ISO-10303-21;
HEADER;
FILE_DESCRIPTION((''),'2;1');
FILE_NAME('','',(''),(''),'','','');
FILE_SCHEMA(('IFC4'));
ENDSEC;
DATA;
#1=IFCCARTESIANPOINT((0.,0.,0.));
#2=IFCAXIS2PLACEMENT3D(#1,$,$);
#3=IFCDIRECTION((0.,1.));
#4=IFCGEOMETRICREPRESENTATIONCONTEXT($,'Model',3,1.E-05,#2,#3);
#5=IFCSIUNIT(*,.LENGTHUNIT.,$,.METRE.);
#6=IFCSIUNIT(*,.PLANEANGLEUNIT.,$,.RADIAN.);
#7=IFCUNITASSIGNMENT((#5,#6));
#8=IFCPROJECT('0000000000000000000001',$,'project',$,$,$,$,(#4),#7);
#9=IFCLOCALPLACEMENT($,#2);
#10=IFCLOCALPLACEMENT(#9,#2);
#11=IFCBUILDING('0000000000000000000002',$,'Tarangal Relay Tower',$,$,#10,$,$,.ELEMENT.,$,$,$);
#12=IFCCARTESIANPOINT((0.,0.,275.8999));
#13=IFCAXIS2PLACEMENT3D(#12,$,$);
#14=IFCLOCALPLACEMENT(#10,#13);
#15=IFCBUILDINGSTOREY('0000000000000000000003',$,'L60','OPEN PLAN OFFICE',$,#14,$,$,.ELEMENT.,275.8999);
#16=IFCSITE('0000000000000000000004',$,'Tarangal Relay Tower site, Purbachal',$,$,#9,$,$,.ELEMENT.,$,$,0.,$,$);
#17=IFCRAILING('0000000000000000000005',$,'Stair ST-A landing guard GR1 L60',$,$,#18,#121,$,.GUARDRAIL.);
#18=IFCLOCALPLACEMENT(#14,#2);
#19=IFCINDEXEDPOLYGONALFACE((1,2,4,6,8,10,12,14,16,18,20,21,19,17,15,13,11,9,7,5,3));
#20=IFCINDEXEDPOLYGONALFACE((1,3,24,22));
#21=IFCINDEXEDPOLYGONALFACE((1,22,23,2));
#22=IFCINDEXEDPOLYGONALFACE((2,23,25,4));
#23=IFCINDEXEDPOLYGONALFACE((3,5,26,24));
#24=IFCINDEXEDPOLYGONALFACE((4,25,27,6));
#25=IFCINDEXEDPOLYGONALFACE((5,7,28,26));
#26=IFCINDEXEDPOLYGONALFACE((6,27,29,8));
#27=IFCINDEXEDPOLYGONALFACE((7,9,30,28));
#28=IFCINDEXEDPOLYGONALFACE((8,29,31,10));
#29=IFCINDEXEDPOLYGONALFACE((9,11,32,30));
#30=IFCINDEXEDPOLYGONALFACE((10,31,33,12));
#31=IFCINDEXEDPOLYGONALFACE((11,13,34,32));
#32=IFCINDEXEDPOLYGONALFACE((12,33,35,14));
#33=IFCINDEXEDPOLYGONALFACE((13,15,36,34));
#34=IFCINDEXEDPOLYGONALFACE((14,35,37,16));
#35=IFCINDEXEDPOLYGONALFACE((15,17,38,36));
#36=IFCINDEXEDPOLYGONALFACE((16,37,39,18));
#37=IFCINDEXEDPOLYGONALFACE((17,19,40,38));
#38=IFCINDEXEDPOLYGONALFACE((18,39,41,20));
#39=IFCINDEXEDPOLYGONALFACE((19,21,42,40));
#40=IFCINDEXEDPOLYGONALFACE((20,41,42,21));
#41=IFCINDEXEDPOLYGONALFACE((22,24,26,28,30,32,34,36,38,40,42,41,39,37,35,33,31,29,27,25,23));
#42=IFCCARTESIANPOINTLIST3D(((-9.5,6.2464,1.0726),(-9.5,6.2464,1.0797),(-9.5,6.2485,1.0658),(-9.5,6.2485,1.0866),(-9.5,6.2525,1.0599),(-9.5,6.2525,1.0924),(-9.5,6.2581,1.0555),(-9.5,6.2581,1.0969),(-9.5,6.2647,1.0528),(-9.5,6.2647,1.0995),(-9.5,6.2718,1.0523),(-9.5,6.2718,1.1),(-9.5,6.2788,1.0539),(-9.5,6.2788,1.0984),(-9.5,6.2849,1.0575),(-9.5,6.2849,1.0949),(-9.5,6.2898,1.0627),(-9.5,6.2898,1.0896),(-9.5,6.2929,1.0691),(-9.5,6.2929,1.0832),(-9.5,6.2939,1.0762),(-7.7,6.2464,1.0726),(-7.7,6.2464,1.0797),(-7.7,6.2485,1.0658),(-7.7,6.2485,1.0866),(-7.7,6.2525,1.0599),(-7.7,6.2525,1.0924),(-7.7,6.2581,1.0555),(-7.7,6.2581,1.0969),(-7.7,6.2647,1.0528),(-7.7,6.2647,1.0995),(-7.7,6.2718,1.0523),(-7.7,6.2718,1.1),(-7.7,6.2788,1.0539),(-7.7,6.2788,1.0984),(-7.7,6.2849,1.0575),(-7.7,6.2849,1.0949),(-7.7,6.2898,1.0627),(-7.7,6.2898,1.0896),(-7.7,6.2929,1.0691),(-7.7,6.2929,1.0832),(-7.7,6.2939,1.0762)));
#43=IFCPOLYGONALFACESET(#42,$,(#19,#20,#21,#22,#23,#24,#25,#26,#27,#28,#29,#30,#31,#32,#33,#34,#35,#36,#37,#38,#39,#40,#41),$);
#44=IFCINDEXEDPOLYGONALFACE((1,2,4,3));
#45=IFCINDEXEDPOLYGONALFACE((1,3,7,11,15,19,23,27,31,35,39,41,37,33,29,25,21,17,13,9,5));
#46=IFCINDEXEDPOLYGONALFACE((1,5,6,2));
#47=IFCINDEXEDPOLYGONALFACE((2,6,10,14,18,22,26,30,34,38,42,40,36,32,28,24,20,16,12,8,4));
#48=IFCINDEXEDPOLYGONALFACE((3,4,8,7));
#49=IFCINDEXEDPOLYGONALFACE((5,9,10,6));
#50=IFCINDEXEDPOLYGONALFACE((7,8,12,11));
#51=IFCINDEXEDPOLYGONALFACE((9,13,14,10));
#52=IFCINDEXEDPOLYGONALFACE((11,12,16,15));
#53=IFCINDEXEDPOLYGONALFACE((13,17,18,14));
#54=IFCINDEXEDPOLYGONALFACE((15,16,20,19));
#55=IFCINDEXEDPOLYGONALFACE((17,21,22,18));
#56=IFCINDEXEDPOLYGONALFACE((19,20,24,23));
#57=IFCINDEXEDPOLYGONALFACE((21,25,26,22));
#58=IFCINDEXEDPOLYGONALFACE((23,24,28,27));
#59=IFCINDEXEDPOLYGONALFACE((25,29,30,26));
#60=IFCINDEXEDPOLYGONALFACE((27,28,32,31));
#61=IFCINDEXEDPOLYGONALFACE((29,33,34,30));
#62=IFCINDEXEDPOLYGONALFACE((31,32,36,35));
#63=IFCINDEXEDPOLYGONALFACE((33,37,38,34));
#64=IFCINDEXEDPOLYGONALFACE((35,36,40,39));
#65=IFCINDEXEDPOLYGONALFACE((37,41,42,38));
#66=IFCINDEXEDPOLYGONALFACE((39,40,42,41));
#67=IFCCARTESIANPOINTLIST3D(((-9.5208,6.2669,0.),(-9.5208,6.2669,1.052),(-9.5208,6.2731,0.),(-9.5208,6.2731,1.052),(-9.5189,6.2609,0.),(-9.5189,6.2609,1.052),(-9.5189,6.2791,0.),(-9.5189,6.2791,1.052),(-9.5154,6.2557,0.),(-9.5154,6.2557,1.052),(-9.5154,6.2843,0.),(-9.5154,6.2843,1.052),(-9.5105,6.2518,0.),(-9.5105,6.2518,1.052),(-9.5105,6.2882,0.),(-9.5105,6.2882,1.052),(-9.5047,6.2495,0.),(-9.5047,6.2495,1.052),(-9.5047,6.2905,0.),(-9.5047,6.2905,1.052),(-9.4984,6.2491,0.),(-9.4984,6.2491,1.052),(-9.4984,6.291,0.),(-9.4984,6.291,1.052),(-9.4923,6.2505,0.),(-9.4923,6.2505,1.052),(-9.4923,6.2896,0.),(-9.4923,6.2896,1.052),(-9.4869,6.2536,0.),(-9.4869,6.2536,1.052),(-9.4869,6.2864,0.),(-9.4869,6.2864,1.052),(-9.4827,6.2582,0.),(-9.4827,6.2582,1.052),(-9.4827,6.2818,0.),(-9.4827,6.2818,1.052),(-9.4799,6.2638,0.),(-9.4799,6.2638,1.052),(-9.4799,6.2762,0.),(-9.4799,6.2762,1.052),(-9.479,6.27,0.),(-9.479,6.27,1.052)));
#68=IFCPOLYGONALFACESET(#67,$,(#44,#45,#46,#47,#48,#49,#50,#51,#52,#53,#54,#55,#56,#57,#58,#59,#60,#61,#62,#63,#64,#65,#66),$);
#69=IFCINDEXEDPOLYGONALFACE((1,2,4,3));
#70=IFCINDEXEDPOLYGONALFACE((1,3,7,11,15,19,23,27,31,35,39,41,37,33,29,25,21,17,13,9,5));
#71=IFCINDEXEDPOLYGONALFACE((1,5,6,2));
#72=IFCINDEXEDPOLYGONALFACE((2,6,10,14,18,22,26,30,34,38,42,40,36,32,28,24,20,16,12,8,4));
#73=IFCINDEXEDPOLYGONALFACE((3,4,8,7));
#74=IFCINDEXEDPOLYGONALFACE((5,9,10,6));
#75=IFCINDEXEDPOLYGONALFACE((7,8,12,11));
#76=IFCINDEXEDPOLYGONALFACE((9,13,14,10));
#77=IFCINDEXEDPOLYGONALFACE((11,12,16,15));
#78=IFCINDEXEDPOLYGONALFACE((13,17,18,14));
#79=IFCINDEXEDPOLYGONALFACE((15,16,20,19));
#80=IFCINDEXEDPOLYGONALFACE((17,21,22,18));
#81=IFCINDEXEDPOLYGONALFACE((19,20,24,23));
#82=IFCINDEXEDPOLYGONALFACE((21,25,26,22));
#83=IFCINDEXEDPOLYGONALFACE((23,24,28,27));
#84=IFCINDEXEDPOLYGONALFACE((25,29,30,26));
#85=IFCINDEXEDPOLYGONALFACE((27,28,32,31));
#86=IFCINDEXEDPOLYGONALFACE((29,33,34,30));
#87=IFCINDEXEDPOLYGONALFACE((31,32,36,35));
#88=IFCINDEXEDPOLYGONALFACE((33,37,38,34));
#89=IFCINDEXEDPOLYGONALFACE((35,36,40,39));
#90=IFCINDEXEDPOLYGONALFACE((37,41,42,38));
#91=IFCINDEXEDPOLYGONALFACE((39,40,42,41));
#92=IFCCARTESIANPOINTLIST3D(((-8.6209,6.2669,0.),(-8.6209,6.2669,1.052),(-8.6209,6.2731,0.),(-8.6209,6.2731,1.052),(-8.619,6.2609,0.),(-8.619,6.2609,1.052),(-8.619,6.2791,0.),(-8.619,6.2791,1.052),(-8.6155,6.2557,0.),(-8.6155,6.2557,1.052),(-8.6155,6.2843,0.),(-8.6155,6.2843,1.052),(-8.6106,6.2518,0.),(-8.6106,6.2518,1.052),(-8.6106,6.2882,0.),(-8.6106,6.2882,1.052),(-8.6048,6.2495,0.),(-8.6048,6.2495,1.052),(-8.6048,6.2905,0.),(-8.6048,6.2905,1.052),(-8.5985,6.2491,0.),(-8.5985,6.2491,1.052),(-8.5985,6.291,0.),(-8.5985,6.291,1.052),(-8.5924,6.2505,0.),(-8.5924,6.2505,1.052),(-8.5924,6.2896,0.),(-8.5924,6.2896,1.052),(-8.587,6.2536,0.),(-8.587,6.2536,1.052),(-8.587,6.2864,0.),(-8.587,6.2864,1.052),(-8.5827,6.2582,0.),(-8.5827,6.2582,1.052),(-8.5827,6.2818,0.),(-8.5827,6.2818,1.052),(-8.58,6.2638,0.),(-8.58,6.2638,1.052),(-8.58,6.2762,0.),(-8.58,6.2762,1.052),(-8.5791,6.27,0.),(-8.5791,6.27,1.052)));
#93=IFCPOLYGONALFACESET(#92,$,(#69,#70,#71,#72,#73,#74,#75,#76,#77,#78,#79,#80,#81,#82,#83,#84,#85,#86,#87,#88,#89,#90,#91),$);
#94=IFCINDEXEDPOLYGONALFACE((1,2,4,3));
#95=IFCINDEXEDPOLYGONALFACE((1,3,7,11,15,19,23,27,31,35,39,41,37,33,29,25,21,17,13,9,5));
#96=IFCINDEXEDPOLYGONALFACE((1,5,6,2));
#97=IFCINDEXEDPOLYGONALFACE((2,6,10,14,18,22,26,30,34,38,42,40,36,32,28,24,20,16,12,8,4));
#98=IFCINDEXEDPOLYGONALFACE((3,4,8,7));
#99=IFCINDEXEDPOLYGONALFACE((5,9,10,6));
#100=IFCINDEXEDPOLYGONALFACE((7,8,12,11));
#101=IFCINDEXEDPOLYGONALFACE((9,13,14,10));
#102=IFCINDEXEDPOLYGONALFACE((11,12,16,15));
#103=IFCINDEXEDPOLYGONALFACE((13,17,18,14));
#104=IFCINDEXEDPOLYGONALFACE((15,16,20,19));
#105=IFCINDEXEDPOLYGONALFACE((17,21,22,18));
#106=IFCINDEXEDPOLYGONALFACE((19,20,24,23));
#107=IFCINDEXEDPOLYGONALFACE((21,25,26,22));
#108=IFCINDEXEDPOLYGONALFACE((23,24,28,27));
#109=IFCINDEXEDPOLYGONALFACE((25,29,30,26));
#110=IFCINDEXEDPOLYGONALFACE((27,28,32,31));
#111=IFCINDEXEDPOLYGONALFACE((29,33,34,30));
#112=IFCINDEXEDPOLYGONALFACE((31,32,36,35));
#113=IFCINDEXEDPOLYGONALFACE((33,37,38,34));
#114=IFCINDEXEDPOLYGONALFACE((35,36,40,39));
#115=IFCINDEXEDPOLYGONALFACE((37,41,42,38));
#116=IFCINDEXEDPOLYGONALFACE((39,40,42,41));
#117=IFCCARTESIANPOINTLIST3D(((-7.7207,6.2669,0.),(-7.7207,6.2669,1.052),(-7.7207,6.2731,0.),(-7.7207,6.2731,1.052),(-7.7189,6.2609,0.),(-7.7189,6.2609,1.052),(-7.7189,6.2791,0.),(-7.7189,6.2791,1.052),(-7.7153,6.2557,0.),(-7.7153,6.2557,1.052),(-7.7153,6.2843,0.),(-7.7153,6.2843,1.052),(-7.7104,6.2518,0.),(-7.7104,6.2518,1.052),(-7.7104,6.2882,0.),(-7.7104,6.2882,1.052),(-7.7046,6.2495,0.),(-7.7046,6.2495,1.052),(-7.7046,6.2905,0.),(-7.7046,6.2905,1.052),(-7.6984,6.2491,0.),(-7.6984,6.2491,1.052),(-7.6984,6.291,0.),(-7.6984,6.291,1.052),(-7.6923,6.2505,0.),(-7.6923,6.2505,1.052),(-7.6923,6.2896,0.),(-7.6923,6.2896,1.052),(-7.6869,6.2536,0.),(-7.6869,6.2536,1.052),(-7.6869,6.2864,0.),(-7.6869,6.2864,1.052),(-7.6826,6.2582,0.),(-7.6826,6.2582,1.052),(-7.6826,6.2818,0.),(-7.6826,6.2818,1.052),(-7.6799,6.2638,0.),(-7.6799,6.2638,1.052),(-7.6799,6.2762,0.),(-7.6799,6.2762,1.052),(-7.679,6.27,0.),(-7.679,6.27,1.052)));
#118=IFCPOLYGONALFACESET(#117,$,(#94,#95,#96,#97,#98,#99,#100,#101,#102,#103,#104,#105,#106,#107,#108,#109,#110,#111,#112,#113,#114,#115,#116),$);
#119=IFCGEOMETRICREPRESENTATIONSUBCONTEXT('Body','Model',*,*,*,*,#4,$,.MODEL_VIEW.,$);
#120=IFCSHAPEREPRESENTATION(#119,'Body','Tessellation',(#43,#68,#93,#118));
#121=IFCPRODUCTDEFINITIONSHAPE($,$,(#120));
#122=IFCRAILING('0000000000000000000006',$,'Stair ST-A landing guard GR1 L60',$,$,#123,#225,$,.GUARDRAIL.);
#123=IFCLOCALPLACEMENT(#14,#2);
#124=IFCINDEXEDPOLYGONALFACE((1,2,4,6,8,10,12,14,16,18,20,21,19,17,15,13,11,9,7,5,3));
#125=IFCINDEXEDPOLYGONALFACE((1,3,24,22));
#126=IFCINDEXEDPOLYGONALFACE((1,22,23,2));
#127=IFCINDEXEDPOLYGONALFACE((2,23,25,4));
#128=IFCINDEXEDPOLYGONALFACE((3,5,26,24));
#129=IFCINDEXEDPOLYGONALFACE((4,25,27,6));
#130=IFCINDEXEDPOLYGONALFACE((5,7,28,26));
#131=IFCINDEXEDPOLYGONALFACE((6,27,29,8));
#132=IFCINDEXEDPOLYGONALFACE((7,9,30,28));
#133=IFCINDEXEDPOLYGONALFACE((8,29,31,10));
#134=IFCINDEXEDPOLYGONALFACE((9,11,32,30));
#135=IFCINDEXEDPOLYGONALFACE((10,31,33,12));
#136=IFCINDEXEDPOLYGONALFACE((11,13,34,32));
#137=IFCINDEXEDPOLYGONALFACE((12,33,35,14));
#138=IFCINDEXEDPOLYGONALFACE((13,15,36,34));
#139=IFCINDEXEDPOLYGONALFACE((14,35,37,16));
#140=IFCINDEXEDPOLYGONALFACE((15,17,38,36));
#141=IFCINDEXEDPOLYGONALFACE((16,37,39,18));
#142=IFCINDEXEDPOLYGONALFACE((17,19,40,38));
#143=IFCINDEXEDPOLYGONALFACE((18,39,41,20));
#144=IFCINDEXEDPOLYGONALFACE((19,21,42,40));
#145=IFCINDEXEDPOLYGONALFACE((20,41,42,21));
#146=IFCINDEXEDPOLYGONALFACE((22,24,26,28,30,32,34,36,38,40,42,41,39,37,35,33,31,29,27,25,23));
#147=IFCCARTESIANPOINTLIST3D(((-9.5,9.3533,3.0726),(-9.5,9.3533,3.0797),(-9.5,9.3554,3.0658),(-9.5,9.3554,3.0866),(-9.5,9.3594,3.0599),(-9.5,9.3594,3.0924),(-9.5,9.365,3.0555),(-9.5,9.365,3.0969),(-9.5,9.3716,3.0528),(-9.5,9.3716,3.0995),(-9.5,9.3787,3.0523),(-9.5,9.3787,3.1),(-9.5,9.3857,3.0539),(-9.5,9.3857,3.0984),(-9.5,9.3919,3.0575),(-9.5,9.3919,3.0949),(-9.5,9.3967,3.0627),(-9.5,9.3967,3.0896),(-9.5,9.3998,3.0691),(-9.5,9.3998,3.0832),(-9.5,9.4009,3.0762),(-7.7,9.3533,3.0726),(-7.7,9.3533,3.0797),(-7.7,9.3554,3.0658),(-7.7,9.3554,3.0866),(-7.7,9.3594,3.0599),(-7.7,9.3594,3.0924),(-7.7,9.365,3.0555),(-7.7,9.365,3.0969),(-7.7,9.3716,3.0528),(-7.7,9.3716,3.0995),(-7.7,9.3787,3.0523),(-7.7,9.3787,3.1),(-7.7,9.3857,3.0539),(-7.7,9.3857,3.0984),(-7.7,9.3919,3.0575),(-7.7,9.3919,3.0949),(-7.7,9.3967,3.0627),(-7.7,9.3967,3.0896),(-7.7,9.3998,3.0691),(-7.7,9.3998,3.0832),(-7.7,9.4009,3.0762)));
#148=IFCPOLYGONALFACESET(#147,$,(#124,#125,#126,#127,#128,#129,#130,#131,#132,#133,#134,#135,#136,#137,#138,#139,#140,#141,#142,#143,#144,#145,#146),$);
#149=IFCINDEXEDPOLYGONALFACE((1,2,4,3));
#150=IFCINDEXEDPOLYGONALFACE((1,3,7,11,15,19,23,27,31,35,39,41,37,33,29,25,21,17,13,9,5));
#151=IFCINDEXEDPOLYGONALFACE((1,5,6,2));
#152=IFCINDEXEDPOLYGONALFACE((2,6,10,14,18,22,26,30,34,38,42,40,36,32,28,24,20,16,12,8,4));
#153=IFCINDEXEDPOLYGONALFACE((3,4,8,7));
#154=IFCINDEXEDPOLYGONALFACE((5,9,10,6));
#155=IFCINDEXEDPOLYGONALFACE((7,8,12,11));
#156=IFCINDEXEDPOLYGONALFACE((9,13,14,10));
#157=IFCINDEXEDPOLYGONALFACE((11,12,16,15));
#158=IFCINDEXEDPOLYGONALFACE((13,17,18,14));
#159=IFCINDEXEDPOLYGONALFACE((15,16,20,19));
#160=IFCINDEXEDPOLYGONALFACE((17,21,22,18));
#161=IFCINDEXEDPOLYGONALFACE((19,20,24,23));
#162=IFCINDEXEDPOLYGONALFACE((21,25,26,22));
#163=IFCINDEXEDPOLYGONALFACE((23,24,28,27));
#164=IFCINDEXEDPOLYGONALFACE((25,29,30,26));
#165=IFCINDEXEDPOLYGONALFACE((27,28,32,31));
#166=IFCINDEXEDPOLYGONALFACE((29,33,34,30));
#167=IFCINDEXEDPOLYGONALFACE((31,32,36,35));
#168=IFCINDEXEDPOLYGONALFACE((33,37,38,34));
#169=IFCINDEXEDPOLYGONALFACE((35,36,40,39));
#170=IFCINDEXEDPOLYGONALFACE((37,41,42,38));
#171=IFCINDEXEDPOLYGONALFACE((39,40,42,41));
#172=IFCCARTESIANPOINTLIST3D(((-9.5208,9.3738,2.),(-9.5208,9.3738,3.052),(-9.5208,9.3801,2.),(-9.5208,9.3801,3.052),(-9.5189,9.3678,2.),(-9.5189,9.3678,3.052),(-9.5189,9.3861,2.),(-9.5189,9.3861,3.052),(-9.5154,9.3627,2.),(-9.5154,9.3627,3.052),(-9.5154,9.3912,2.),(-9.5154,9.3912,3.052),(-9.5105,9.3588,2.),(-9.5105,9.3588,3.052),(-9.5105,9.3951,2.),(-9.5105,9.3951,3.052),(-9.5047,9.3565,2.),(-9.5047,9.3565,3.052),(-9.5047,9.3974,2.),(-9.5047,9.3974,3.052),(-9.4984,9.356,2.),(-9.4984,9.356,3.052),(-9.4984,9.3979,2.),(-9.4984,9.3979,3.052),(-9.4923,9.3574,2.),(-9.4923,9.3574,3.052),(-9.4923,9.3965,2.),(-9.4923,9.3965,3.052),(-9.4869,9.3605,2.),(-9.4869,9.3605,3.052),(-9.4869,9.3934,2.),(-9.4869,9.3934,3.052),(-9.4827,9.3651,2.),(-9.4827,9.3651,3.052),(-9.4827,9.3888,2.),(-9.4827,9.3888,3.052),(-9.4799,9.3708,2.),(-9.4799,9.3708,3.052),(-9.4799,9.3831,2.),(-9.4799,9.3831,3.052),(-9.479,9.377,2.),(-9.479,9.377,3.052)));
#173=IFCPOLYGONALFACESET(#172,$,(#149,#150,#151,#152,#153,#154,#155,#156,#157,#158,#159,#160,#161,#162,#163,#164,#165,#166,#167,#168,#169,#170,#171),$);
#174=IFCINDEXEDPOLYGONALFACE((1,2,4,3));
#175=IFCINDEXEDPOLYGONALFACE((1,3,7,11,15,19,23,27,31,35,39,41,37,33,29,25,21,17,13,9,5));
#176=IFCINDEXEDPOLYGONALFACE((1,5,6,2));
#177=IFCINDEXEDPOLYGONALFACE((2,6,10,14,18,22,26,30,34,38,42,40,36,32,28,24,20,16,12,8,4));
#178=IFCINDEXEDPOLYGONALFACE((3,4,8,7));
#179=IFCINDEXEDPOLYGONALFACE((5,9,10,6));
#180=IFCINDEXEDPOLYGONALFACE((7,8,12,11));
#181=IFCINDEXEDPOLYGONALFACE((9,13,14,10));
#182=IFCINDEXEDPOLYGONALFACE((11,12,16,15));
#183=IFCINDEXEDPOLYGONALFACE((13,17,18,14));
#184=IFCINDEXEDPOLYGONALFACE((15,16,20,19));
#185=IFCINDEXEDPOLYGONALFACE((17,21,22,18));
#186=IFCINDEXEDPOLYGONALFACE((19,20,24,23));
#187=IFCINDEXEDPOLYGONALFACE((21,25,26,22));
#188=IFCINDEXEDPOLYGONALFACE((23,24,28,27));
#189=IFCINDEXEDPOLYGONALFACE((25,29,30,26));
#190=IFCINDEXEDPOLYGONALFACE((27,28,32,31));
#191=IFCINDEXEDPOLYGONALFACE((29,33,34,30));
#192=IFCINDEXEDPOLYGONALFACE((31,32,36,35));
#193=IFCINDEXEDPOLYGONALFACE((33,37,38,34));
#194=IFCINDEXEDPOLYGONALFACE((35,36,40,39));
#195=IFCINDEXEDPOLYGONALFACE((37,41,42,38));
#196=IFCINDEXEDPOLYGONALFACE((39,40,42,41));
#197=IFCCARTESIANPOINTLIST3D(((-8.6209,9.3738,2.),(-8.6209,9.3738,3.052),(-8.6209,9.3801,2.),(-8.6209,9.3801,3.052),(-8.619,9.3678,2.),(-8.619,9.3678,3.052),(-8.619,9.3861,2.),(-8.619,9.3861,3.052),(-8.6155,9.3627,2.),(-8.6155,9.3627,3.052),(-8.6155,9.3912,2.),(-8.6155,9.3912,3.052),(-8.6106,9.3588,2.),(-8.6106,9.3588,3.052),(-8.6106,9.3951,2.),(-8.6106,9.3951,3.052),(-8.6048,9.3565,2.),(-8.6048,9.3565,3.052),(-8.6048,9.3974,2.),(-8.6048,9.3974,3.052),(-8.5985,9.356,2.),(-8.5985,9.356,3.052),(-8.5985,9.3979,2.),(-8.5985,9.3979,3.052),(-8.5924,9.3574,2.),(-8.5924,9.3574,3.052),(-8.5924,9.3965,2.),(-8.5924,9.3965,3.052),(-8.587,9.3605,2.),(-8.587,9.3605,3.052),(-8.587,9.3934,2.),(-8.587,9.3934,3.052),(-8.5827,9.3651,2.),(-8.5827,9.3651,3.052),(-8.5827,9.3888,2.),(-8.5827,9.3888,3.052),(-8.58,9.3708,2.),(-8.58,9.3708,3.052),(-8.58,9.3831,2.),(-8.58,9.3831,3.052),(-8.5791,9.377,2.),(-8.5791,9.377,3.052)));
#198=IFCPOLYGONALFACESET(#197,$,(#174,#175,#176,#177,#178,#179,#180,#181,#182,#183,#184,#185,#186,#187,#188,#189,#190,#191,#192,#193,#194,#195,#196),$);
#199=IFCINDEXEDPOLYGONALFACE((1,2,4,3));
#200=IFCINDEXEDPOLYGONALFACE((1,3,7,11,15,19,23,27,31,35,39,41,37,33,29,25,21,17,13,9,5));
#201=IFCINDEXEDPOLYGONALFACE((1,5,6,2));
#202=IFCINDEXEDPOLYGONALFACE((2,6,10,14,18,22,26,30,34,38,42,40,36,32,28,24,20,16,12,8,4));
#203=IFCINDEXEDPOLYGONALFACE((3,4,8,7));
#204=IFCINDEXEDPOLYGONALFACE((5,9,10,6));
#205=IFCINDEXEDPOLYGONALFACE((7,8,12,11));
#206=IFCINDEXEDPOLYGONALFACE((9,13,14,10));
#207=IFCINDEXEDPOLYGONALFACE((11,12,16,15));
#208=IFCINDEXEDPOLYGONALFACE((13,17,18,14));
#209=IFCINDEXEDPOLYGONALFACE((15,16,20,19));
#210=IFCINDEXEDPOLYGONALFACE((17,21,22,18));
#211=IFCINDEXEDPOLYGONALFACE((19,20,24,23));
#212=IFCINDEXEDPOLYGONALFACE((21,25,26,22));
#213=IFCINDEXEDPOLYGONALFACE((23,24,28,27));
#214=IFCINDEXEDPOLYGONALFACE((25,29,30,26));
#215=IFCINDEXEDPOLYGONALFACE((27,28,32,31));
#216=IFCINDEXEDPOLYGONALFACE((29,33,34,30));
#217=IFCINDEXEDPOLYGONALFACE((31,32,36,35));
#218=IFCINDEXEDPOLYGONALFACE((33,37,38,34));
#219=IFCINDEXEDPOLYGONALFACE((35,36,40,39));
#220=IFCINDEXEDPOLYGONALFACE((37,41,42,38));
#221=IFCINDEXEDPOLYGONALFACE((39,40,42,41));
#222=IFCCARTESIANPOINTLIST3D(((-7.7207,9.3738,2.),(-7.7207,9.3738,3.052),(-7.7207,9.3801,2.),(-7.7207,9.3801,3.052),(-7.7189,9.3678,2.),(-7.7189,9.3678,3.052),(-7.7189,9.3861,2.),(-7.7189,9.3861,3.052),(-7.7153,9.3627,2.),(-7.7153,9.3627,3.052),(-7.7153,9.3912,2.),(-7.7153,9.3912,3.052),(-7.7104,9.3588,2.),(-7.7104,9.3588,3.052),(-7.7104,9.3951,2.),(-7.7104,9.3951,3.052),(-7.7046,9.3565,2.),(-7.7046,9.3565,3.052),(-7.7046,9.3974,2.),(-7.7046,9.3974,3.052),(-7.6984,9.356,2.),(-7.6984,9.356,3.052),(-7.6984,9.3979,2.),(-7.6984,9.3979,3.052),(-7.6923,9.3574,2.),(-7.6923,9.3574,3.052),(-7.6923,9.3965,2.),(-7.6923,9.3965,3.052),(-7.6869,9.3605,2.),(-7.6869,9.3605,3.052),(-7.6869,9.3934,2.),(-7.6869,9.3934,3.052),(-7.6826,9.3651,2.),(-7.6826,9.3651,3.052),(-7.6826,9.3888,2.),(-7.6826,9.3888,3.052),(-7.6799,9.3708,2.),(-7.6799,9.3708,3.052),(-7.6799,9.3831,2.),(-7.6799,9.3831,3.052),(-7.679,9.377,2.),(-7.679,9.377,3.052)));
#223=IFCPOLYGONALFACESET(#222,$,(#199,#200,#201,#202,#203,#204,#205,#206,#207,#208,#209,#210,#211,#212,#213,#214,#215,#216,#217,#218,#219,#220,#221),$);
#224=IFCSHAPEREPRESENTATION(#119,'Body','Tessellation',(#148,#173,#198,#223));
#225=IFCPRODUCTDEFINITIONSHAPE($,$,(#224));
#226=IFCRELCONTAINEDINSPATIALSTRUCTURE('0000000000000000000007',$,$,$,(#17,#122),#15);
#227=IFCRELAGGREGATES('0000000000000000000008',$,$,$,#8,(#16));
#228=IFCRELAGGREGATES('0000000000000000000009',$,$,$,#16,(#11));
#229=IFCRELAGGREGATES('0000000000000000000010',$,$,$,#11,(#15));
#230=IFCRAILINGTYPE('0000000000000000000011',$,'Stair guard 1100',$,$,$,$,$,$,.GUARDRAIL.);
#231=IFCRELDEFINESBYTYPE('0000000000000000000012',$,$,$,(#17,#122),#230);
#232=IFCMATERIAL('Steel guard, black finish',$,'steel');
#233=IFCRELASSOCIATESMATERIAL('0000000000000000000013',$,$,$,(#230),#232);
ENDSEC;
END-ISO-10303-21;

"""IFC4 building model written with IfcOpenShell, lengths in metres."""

from ifc_helpers import new_model, si_unit, direction, frame, origin, origin_2d, place, context, subcontext, project, spatial, circle, extrude, material, type_object, element, save


model = new_model("IFC4")

# Units and contexts
model_context = context("Model", 3, precision=1e-05, world=origin(), true_north=direction((0.0, 1.0)))
body_context = subcontext(model_context, "Body", "Model", "MODEL_VIEW")
ifc_project = project(units=[si_unit("LENGTHUNIT", "METRE"), si_unit("PLANEANGLEUNIT", "RADIAN")], contexts=[model_context])

# Site, building, storey
site_placement = place(None, origin())
site = spatial("IfcSite", under=ifc_project, at=site_placement, Name="Tarangal Relay Tower site, Purbachal", CompositionType="ELEMENT", RefElevation=0.0)
building_placement = place(site_placement, origin())
building = spatial("IfcBuilding", under=site, at=building_placement, Name="Tarangal Relay Tower", CompositionType="ELEMENT")
storey_placement = place(building_placement, frame((0.0, 0.0, 275.8999)))
storey = spatial("IfcBuildingStorey", under=building, at=storey_placement, Name="L60", Description="OPEN PLAN OFFICE", CompositionType="ELEMENT", Elevation=275.8999)

# Railings
ifc_material_1 = material(Name="Steel guard, black finish", Category="steel")
railing_type_1 = type_object("IfcRailingType", Name="Stair guard 1100", PredefinedType="GUARDRAIL", material=ifc_material_1)
for number, where, name in (
    (1, (-9.5, 6.27, 0.0), "Stair ST-A landing guard GR1 L60"),
    (2, (-9.5, 9.377, 2.0), "Stair ST-A landing guard GR1 L60"),
):
    element("IfcRailing", number, at=place(storey_placement, frame(where)), inside=storey, type_object=railing_type_1, Name=name, PredefinedType="GUARDRAIL", context=body_context, shape_type="SweptSolid", body=[
        extrude(circle(Radius=0.0239, at=origin_2d()), frame((0.0, 0.0, 1.0762), z_axis=(1.0, 0.0, 0.0), x_axis=(0.0, 1.0, 0.0)), (0.0, 0.0, 1.0), 1.8),
        extrude(circle(Radius=0.021, at=origin_2d()), origin(), (0.0, 0.0, 1.0), 1.052),
        extrude(circle(Radius=0.021, at=origin_2d()), frame((0.8999, 0.0, 0.0)), (0.0, 0.0, 1.0), 1.052),
        extrude(circle(Radius=0.021, at=origin_2d()), frame((1.8, 0.0, 0.0)), (0.0, 0.0, 1.0), 1.052),
    ])

save(model, "model.ifc")
